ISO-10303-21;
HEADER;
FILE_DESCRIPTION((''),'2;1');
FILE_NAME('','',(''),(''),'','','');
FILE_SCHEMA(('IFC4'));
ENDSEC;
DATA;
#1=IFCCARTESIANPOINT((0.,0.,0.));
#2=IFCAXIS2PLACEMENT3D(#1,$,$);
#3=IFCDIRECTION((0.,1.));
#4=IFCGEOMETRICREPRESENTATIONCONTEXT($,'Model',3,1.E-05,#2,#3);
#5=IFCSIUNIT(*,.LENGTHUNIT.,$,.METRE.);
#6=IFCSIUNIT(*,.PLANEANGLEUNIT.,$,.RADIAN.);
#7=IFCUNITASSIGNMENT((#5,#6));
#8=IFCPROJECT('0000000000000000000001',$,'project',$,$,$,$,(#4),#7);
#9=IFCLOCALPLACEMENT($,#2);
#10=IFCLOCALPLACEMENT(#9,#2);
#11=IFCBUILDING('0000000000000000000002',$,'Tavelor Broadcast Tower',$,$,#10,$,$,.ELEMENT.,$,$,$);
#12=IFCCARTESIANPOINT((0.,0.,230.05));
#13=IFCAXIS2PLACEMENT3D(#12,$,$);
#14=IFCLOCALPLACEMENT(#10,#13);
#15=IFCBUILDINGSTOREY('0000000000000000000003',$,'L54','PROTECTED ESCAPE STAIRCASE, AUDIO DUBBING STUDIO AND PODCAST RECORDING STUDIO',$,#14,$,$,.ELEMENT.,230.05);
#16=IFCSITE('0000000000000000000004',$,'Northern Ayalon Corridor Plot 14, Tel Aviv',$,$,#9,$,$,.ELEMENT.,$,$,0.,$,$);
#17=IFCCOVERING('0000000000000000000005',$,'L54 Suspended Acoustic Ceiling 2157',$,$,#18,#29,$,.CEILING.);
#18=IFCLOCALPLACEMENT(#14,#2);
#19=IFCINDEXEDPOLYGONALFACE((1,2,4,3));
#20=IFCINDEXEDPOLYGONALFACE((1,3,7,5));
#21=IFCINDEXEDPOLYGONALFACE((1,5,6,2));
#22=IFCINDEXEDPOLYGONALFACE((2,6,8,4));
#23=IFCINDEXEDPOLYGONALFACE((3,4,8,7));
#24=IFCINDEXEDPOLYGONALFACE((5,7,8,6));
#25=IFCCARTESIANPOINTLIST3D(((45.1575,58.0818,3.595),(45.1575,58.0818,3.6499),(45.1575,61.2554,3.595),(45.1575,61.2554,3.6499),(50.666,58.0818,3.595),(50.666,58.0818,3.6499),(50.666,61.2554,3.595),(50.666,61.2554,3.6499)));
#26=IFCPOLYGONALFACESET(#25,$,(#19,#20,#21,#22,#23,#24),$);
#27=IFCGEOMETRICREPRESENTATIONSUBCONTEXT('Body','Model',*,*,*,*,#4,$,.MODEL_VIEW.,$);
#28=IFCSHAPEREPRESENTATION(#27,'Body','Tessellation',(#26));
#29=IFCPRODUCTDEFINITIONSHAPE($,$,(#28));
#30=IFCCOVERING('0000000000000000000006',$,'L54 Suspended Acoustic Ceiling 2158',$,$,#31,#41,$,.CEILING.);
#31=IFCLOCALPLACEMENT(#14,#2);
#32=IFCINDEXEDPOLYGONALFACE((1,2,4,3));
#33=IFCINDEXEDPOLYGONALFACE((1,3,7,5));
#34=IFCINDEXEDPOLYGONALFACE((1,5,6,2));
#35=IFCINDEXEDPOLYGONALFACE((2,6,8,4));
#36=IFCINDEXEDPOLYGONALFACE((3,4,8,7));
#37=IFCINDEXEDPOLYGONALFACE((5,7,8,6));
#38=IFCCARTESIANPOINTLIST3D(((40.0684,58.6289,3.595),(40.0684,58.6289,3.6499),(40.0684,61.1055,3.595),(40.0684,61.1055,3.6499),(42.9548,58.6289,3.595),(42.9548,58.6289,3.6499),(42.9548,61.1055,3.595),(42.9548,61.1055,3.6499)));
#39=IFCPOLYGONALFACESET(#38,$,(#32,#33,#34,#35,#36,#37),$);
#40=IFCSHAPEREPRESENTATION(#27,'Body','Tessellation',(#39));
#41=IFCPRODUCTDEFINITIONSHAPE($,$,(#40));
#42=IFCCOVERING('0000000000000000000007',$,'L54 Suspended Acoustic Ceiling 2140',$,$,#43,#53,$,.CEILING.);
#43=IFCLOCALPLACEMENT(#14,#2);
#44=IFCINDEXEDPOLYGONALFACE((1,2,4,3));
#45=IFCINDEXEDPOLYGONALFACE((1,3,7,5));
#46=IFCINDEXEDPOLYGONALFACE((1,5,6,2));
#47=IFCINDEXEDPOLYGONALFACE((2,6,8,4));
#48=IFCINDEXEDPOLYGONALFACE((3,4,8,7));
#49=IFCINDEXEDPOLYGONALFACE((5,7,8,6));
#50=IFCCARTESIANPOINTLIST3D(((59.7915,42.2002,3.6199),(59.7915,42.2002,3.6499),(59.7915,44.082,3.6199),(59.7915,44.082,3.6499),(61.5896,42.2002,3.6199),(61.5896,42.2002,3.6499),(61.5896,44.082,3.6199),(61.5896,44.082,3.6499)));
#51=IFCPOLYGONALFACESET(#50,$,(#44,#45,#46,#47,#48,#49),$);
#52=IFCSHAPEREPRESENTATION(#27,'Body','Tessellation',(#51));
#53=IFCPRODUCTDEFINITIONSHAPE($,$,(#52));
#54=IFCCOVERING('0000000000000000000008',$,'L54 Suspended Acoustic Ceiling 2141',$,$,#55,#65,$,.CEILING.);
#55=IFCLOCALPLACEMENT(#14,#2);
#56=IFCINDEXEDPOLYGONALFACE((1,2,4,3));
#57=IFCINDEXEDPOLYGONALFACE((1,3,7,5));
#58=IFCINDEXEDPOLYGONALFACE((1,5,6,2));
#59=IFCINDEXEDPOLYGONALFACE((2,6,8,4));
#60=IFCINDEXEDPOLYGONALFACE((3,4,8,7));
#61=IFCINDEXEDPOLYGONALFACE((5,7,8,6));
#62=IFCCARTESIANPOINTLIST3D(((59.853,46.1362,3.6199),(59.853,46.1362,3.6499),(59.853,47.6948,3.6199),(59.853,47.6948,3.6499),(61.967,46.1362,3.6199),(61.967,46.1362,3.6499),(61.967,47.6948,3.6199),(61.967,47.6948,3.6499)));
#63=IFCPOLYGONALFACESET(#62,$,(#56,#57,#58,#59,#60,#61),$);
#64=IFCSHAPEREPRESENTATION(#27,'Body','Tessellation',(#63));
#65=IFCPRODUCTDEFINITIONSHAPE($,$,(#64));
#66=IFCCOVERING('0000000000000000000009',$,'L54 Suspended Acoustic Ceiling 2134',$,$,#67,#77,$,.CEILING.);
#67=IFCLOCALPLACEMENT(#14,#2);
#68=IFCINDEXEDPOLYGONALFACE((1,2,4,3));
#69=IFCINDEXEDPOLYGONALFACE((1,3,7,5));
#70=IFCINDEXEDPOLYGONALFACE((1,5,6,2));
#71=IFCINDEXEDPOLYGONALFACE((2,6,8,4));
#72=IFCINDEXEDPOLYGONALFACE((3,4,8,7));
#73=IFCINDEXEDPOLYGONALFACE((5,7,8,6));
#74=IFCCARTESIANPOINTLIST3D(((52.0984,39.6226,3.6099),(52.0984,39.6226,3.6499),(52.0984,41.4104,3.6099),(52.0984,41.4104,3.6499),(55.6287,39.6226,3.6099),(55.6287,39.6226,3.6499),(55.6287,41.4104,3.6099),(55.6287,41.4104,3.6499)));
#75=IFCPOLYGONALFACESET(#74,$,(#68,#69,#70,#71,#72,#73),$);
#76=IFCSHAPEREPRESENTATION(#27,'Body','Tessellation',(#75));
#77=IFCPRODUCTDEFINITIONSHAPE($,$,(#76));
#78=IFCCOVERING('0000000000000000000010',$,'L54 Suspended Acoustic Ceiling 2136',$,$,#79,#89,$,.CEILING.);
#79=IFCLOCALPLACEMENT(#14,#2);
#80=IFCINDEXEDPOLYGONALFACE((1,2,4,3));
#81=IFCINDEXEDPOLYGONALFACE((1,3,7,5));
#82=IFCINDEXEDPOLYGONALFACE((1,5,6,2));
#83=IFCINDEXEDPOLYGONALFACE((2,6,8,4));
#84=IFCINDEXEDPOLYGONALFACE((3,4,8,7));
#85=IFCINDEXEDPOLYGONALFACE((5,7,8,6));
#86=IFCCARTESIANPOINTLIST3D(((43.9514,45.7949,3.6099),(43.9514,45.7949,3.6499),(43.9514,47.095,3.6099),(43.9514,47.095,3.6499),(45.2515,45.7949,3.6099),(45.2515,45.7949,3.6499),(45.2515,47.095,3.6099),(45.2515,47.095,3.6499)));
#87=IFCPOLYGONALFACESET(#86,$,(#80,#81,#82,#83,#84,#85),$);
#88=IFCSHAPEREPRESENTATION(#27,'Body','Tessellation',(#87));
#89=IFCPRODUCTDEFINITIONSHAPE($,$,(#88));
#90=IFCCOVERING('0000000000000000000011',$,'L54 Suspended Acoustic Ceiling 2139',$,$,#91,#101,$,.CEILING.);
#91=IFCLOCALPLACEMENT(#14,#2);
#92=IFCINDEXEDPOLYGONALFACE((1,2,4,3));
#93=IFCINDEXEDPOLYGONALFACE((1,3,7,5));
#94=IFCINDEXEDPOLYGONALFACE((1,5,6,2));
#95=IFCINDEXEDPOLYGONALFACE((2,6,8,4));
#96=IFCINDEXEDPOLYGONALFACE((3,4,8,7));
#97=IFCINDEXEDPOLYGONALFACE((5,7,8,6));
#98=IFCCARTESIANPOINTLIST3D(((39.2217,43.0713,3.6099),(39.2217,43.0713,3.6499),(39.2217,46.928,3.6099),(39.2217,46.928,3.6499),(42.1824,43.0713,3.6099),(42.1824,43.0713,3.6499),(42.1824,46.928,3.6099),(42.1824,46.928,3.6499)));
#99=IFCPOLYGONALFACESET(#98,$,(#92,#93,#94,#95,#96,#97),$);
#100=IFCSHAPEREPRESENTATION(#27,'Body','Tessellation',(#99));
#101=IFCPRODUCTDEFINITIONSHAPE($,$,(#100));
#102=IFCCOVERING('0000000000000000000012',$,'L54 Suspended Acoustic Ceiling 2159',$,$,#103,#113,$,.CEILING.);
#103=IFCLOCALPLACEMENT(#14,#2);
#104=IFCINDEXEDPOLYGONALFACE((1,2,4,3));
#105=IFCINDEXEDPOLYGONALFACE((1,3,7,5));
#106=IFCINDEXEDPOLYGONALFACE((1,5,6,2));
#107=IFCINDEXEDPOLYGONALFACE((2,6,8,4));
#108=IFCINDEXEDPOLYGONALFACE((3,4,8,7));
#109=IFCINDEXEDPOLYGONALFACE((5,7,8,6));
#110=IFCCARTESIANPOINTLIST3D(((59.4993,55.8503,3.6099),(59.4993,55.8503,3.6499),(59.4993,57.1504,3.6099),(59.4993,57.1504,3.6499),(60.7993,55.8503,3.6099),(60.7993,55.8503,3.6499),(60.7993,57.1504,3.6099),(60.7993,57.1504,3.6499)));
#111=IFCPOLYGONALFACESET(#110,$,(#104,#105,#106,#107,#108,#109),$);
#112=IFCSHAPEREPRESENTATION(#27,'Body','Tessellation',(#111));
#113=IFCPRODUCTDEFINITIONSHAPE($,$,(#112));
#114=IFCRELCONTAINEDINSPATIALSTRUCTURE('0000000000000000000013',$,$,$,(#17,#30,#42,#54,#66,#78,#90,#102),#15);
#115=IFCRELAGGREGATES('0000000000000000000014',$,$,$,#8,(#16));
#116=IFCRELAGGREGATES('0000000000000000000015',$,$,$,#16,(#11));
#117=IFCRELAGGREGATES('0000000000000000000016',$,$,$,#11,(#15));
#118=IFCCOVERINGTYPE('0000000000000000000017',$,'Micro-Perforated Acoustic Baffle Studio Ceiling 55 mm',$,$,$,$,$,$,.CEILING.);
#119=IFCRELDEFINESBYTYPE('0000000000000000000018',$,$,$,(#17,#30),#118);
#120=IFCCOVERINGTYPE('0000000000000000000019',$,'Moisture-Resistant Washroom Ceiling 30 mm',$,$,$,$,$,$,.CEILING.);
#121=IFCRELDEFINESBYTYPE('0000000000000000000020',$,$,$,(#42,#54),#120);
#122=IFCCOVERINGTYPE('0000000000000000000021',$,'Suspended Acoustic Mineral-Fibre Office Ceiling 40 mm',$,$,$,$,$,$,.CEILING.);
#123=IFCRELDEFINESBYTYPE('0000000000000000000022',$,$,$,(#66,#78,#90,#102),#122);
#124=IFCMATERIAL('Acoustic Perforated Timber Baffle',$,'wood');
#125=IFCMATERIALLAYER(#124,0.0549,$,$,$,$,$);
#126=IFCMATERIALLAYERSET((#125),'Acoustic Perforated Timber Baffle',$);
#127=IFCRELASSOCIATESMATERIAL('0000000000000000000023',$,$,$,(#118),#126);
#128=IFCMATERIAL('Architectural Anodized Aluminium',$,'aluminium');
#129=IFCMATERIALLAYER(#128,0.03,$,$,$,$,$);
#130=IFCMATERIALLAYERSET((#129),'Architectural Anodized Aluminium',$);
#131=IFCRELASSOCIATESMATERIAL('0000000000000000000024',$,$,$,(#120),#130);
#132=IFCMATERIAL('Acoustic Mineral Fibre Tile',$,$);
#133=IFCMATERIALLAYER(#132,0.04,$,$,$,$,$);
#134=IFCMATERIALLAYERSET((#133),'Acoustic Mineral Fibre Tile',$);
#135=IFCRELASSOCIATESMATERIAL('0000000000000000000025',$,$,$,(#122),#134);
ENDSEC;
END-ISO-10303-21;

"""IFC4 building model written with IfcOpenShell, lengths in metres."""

from ifc_helpers import new_model, si_unit, direction, frame, origin, place, context, subcontext, project, spatial, polyline, outline, extrude, material, layer, layer_set, type_object, element, save


model = new_model("IFC4")

# Units and contexts
model_context = context("Model", 3, precision=1e-05, world=origin(), true_north=direction((0.0, 1.0)))
body_context = subcontext(model_context, "Body", "Model", "MODEL_VIEW")
ifc_project = project(units=[si_unit("LENGTHUNIT", "METRE"), si_unit("PLANEANGLEUNIT", "RADIAN")], contexts=[model_context])

# Site, building, storey
site_placement = place(None, origin())
site = spatial("IfcSite", under=ifc_project, at=site_placement, Name="Northern Ayalon Corridor Plot 14, Tel Aviv", CompositionType="ELEMENT", RefElevation=0.0)
building_placement = place(site_placement, origin())
building = spatial("IfcBuilding", under=site, at=building_placement, Name="Tavelor Broadcast Tower", CompositionType="ELEMENT")
storey_placement = place(building_placement, frame((0.0, 0.0, 230.05)))
storey = spatial("IfcBuildingStorey", under=building, at=storey_placement, Name="L54", Description="PROTECTED ESCAPE STAIRCASE, AUDIO DUBBING STUDIO AND PODCAST RECORDING STUDIO", CompositionType="ELEMENT", Elevation=230.05)

# Coverings
ifc_material_1 = material(Name="Architectural Anodized Aluminium", Category="aluminium")
ifc_material_2 = material(Name="Acoustic Perforated Timber Baffle", Category="wood")
ifc_layer_1 = layer(ifc_material_2, 0.0549)
ifc_layer_set_1 = layer_set([ifc_layer_1], Name="Acoustic Perforated Timber Baffle")
covering_type_1 = type_object("IfcCoveringType", Name="Micro-Perforated Acoustic Baffle Studio Ceiling 55 mm", PredefinedType="CEILING", material=ifc_layer_set_1)
covering_1_placement = place(storey_placement, frame((0.0, 0.0, 3.595)))
element("IfcCovering", 1, at=covering_1_placement, inside=storey, type_object=covering_type_1, Name="L54 Suspended Acoustic Ceiling 2157", PredefinedType="CEILING", context=body_context, shape_type="SweptSolid", body=[
    extrude(outline(polyline([(45.1575, 58.0818), (50.666, 58.0818), (50.666, 61.2554), (45.1575, 61.2554), (45.1575, 58.0818)])), origin(), (0.0, 0.0, 1.0), 0.0549),
])
covering_2_placement = place(storey_placement, frame((0.0, 0.0, 3.595)))
element("IfcCovering", 2, at=covering_2_placement, inside=storey, type_object=covering_type_1, Name="L54 Suspended Acoustic Ceiling 2158", PredefinedType="CEILING", context=body_context, shape_type="SweptSolid", body=[
    extrude(outline(polyline([(40.0684, 58.6289), (42.9548, 58.6289), (42.9548, 61.1055), (40.0684, 61.1055), (40.0684, 58.6289)])), origin(), (0.0, 0.0, 1.0), 0.0549),
])
ifc_layer_2 = layer(ifc_material_1, 0.03)
ifc_layer_set_2 = layer_set([ifc_layer_2], Name="Architectural Anodized Aluminium")
covering_type_2 = type_object("IfcCoveringType", Name="Moisture-Resistant Washroom Ceiling 30 mm", PredefinedType="CEILING", material=ifc_layer_set_2)
covering_3_placement = place(storey_placement, frame((0.0, 0.0, 3.6199)))
element("IfcCovering", 3, at=covering_3_placement, inside=storey, type_object=covering_type_2, Name="L54 Suspended Acoustic Ceiling 2140", PredefinedType="CEILING", context=body_context, shape_type="SweptSolid", body=[
    extrude(outline(polyline([(59.7915, 42.2002), (61.5896, 42.2002), (61.5896, 44.082), (59.7915, 44.082), (59.7915, 42.2002)])), origin(), (0.0, 0.0, 1.0), 0.03),
])
covering_4_placement = place(storey_placement, frame((0.0, 0.0, 3.6199)))
element("IfcCovering", 4, at=covering_4_placement, inside=storey, type_object=covering_type_2, Name="L54 Suspended Acoustic Ceiling 2141", PredefinedType="CEILING", context=body_context, shape_type="SweptSolid", body=[
    extrude(outline(polyline([(59.853, 46.1362), (61.967, 46.1362), (61.967, 47.6948), (59.853, 47.6948), (59.853, 46.1362)])), origin(), (0.0, 0.0, 1.0), 0.03),
])
ifc_material_3 = material(Name="Acoustic Mineral Fibre Tile")
ifc_layer_3 = layer(ifc_material_3, 0.04)
ifc_layer_set_3 = layer_set([ifc_layer_3], Name="Acoustic Mineral Fibre Tile")
covering_type_3 = type_object("IfcCoveringType", Name="Suspended Acoustic Mineral-Fibre Office Ceiling 40 mm", PredefinedType="CEILING", material=ifc_layer_set_3)
covering_5_placement = place(storey_placement, frame((0.0, 0.0, 3.6099)))
element("IfcCovering", 5, at=covering_5_placement, inside=storey, type_object=covering_type_3, Name="L54 Suspended Acoustic Ceiling 2134", PredefinedType="CEILING", context=body_context, shape_type="SweptSolid", body=[
    extrude(outline(polyline([(52.0984, 39.6226), (55.6287, 39.6226), (55.6287, 41.4104), (52.0984, 41.4104), (52.0984, 39.6226)])), origin(), (0.0, 0.0, 1.0), 0.04),
])
covering_6_placement = place(storey_placement, frame((0.0, 0.0, 3.6099)))
element("IfcCovering", 6, at=covering_6_placement, inside=storey, type_object=covering_type_3, Name="L54 Suspended Acoustic Ceiling 2136", PredefinedType="CEILING", context=body_context, shape_type="SweptSolid", body=[
    extrude(outline(polyline([(43.9514, 45.7949), (45.2515, 45.7949), (45.2515, 47.095), (43.9514, 47.095), (43.9514, 45.7949)])), origin(), (0.0, 0.0, 1.0), 0.04),
])
covering_7_placement = place(storey_placement, frame((0.0, 0.0, 3.6099)))
element("IfcCovering", 7, at=covering_7_placement, inside=storey, type_object=covering_type_3, Name="L54 Suspended Acoustic Ceiling 2139", PredefinedType="CEILING", context=body_context, shape_type="SweptSolid", body=[
    extrude(outline(polyline([(39.2217, 43.0713), (42.1824, 43.0713), (42.1824, 46.928), (39.2217, 46.928), (39.2217, 43.0713)])), origin(), (0.0, 0.0, 1.0), 0.04),
])
covering_8_placement = place(storey_placement, frame((0.0, 0.0, 3.6099)))
element("IfcCovering", 8, at=covering_8_placement, inside=storey, type_object=covering_type_3, Name="L54 Suspended Acoustic Ceiling 2159", PredefinedType="CEILING", context=body_context, shape_type="SweptSolid", body=[
    extrude(outline(polyline([(59.4993, 55.8503), (60.7993, 55.8503), (60.7993, 57.1504), (59.4993, 57.1504), (59.4993, 55.8503)])), origin(), (0.0, 0.0, 1.0), 0.04),
])

save(model, "model.ifc")
